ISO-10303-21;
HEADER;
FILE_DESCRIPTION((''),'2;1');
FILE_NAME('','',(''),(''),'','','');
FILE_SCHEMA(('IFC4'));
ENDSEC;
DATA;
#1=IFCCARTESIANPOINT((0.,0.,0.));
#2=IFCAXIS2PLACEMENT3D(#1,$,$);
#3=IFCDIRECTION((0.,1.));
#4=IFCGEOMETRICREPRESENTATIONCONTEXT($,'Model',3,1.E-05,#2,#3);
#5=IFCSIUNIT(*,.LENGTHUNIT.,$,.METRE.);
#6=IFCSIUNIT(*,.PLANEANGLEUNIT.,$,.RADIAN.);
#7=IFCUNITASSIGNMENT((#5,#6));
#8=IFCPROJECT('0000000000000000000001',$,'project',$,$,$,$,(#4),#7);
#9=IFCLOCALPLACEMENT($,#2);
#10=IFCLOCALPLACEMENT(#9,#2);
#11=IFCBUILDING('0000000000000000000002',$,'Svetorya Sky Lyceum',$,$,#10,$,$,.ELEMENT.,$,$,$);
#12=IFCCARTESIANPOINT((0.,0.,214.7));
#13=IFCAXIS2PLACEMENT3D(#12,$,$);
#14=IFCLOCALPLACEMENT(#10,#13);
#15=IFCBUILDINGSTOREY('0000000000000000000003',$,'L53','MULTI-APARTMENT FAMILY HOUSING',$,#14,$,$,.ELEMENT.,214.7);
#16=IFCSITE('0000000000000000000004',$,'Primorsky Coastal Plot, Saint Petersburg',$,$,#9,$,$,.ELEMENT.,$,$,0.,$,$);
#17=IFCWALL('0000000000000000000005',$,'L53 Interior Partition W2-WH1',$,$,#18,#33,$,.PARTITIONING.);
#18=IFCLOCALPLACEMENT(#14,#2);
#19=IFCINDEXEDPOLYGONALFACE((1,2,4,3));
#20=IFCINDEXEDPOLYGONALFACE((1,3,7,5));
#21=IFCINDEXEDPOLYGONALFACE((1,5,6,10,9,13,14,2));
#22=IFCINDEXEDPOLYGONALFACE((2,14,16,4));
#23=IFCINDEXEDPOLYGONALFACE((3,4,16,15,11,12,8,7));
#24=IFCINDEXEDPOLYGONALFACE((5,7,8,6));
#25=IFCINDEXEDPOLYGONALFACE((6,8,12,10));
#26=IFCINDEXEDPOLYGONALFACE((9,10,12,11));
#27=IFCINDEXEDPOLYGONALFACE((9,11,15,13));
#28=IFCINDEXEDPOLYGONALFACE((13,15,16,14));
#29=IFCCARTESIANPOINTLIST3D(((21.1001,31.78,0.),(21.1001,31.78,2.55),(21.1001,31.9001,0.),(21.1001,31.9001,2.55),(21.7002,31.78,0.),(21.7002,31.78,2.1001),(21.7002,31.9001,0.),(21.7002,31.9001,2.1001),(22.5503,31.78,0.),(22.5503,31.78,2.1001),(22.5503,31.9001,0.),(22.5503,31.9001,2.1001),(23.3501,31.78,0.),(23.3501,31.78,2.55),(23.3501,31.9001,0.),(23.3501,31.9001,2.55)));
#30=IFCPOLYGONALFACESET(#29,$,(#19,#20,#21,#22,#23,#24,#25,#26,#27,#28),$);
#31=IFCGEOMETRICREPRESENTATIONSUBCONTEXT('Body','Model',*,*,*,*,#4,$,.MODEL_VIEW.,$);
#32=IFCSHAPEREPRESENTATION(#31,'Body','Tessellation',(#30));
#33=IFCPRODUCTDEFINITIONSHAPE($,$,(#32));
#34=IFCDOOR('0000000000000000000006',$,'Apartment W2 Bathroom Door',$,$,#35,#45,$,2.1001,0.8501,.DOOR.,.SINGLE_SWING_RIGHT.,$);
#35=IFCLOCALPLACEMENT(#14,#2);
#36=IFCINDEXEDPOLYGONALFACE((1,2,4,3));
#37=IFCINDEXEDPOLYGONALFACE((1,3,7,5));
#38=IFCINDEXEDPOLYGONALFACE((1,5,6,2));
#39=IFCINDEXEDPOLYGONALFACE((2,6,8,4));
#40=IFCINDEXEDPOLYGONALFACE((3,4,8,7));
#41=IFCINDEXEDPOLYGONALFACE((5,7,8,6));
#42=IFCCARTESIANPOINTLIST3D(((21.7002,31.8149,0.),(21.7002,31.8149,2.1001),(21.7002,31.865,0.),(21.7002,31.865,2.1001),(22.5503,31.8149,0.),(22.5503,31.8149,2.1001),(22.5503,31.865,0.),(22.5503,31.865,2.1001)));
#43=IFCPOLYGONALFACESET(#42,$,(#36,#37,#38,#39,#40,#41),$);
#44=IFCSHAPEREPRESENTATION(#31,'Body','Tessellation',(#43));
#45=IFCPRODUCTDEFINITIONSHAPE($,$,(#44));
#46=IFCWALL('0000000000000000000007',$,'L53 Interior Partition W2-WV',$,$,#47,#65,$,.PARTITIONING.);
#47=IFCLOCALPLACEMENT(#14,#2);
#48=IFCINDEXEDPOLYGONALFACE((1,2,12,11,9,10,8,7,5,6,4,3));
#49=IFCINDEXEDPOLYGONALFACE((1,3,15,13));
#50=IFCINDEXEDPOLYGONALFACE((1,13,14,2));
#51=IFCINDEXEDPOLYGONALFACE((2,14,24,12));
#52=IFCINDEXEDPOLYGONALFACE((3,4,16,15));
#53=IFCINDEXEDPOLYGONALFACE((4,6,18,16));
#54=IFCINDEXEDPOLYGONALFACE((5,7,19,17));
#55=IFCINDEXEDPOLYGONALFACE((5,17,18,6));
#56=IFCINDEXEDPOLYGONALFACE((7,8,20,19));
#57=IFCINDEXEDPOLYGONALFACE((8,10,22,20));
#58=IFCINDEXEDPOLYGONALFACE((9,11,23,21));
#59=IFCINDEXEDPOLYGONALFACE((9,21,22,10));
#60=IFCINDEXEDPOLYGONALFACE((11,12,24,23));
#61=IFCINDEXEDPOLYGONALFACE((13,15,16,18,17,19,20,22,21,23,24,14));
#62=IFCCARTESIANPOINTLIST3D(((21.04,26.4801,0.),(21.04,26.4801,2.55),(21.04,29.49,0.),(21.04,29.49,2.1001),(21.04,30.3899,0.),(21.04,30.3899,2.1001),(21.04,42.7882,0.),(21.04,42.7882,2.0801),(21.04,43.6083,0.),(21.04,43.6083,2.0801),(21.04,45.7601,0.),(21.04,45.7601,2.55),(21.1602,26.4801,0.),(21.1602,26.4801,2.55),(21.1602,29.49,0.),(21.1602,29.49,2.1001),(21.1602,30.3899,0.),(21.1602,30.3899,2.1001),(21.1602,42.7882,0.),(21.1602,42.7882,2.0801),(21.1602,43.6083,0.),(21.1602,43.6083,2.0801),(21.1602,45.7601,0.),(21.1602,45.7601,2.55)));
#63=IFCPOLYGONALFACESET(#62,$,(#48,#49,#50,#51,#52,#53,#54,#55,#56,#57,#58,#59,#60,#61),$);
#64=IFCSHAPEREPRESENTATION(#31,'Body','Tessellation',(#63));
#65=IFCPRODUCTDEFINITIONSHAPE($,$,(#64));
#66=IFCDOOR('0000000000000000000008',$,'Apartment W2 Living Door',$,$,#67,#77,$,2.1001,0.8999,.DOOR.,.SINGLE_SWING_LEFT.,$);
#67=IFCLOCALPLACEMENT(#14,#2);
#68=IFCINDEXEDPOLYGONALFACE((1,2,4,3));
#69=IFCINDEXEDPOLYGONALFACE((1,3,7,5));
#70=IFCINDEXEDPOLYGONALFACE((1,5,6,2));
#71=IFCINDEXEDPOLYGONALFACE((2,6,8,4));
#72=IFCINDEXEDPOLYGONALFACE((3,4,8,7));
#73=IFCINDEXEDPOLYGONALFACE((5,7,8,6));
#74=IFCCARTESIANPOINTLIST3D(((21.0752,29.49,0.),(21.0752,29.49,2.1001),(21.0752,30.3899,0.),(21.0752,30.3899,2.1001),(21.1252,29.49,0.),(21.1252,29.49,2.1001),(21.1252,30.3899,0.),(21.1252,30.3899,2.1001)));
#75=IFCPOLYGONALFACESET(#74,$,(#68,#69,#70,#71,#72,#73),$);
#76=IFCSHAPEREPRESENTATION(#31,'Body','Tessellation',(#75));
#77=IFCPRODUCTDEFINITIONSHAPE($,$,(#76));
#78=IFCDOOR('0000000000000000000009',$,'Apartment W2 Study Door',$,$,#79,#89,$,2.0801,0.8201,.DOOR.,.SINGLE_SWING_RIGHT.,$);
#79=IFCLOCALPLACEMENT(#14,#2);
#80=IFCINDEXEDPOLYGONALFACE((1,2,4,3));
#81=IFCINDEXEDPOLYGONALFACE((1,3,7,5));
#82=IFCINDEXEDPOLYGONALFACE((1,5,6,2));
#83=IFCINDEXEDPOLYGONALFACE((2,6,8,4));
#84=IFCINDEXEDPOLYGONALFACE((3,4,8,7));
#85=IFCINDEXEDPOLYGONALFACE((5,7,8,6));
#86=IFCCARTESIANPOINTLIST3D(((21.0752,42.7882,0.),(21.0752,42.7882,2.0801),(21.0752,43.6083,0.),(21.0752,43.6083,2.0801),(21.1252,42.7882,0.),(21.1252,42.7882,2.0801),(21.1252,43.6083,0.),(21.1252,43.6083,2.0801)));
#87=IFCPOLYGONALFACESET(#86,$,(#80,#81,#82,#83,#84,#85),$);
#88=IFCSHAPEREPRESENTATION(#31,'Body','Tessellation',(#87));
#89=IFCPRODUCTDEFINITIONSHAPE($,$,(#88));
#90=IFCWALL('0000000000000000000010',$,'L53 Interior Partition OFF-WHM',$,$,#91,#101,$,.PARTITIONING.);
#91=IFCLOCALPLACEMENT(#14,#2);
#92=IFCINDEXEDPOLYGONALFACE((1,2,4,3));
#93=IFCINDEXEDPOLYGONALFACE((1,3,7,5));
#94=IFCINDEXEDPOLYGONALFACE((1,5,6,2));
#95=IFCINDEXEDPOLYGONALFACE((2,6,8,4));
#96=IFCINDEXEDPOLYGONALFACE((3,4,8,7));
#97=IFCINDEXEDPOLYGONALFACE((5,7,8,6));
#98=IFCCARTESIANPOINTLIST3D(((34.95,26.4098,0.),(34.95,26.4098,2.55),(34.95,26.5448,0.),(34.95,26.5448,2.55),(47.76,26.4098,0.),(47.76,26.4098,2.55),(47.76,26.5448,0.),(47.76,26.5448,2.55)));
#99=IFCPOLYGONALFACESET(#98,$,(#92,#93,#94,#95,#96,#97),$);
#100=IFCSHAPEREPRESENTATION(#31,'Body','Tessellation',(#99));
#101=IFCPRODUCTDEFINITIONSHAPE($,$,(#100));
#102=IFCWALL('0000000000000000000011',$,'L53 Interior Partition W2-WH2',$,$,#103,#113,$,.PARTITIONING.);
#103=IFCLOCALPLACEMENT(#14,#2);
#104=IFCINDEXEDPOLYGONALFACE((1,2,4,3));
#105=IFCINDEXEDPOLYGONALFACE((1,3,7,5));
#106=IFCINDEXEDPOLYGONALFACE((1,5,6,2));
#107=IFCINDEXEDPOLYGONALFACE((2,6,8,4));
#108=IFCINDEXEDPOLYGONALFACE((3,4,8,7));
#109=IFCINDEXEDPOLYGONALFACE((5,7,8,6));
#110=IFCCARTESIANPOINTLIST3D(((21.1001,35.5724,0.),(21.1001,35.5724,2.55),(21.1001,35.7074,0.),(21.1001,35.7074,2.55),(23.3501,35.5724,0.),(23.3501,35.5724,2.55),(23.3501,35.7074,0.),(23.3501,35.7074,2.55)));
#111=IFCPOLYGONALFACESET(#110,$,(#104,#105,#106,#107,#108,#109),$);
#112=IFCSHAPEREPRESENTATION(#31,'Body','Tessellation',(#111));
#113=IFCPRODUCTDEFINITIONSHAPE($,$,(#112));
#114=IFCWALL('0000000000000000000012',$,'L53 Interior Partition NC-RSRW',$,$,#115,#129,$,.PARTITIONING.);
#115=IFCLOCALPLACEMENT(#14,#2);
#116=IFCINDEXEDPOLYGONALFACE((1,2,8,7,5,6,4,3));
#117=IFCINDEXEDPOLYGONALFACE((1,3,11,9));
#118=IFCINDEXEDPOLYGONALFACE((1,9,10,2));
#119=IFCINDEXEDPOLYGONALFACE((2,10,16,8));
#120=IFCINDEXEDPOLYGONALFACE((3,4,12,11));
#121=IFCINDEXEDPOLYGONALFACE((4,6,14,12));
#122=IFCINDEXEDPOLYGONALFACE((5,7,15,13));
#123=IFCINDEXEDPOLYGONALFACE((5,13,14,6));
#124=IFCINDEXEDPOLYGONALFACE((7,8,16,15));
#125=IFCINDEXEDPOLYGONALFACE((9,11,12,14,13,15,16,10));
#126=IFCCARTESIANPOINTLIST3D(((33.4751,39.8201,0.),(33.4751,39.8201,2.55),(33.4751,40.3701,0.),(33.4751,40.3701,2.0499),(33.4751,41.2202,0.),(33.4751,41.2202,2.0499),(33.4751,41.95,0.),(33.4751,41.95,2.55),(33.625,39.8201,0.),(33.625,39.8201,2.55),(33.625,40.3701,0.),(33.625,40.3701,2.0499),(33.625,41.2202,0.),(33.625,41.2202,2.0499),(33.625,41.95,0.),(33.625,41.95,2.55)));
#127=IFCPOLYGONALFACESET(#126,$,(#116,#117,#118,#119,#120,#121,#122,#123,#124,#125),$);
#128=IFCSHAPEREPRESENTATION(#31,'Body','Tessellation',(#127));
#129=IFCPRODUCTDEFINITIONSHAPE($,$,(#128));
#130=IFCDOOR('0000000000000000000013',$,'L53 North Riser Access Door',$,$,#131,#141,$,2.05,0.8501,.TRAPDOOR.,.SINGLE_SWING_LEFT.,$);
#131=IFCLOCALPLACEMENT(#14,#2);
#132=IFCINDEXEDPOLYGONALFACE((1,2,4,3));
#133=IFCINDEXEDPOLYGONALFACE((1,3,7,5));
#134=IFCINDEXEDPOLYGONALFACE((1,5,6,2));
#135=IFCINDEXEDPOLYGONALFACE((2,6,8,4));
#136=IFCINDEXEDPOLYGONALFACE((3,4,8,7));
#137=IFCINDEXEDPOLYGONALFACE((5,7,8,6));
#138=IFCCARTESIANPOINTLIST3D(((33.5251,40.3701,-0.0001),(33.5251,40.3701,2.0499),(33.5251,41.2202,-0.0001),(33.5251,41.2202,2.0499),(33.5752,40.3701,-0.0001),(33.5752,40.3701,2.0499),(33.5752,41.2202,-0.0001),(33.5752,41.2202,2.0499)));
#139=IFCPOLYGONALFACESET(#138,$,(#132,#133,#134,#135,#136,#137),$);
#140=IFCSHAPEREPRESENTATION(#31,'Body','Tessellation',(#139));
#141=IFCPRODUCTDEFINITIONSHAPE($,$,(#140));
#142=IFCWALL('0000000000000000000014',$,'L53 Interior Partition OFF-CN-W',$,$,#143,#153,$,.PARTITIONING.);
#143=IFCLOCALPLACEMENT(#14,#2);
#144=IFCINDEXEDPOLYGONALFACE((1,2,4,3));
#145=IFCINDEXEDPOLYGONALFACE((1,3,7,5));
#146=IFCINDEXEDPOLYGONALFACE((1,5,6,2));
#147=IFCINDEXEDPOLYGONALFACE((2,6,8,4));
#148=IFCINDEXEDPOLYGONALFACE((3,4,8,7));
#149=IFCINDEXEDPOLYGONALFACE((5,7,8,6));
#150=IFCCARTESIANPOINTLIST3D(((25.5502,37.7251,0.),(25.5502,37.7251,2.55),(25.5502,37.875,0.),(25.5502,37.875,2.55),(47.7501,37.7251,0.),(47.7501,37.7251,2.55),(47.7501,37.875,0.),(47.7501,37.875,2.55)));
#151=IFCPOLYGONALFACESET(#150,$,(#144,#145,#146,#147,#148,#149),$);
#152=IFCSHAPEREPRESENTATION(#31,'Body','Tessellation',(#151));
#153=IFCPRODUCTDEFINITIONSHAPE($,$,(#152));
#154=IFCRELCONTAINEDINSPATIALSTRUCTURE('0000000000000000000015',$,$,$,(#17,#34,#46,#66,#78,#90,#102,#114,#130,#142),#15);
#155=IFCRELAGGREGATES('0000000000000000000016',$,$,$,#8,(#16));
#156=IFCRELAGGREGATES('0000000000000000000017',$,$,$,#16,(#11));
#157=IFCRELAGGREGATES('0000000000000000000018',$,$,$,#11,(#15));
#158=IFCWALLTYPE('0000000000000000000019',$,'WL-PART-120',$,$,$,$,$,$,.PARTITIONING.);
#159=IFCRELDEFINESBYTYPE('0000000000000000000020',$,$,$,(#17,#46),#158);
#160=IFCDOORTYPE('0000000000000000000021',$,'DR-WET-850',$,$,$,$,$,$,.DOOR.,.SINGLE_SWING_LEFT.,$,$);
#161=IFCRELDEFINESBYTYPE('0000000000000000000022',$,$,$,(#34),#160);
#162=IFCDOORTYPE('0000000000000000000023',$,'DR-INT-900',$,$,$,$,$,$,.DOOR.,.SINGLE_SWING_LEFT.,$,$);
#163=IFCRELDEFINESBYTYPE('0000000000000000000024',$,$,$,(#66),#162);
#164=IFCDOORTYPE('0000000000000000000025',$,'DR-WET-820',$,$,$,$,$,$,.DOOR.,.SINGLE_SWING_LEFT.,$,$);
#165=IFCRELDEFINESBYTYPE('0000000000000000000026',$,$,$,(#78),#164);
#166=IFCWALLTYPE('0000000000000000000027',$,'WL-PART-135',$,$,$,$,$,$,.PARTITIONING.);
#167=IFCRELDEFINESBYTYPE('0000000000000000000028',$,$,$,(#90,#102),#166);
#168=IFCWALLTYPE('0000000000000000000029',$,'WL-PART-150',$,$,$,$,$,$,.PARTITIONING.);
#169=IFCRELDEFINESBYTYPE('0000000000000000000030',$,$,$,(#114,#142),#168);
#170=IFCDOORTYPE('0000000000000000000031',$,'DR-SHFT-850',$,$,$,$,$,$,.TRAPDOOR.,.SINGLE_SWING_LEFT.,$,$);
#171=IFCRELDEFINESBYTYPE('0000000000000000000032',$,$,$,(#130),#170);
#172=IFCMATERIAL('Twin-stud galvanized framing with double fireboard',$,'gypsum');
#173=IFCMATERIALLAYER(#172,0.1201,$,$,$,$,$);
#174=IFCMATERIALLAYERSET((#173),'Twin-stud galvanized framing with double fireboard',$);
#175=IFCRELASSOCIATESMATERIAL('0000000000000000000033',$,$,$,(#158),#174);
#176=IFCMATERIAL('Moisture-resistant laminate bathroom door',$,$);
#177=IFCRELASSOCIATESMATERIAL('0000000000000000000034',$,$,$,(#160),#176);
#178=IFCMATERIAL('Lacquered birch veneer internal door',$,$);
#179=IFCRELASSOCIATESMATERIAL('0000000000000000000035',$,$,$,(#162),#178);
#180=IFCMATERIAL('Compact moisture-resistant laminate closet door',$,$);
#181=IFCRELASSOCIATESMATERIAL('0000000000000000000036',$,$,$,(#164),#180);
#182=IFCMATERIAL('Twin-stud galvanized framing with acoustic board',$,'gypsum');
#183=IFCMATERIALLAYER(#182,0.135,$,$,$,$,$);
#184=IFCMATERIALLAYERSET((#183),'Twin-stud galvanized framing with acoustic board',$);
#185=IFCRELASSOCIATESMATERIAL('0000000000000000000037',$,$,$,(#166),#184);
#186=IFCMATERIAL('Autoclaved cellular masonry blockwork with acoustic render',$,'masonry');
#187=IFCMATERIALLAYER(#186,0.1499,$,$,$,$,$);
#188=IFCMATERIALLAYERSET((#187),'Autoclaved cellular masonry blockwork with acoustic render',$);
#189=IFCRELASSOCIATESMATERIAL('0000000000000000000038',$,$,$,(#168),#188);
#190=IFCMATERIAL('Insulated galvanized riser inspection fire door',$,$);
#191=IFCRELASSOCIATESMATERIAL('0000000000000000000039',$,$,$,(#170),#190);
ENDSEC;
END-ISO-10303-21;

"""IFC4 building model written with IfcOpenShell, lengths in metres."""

from ifc_helpers import new_model, si_unit, direction, frame, frame_2d, origin, place, context, subcontext, project, spatial, rectangle, extrude, material, layer, layer_set, type_object, element, fill, save


model = new_model("IFC4")

# Units and contexts
model_context = context("Model", 3, precision=1e-05, world=origin(), true_north=direction((0.0, 1.0)))
body_context = subcontext(model_context, "Body", "Model", "MODEL_VIEW")
ifc_project = project(units=[si_unit("LENGTHUNIT", "METRE"), si_unit("PLANEANGLEUNIT", "RADIAN")], contexts=[model_context])

# Site, building, storey
site_placement = place(None, origin())
site = spatial("IfcSite", under=ifc_project, at=site_placement, Name="Primorsky Coastal Plot, Saint Petersburg", CompositionType="ELEMENT", RefElevation=0.0)
building_placement = place(site_placement, origin())
building = spatial("IfcBuilding", under=site, at=building_placement, Name="Svetorya Sky Lyceum", CompositionType="ELEMENT")
storey_placement = place(building_placement, frame((0.0, 0.0, 214.7)))
storey = spatial("IfcBuildingStorey", under=building, at=storey_placement, Name="L53", Description="MULTI-APARTMENT FAMILY HOUSING", CompositionType="ELEMENT", Elevation=214.7)

# Wall, opening, door
ifc_material_1 = material(Name="Twin-stud galvanized framing with double fireboard", Category="gypsum")
ifc_layer_1 = layer(ifc_material_1, 0.1201)
ifc_layer_set_1 = layer_set([ifc_layer_1], Name="Twin-stud galvanized framing with double fireboard")
wall_type_1 = type_object("IfcWallType", Name="WL-PART-120", PredefinedType="PARTITIONING", material=ifc_layer_set_1)
wall_1_placement = place(storey_placement, frame((21.1001, 31.8401, 0.0), z_axis=(0.0, 0.0, 1.0), x_axis=(1.0, 0.0, 0.0)))
wall_1 = element("IfcWall", 1, at=wall_1_placement, inside=storey, type_object=wall_type_1, Name="L53 Interior Partition W2-WH1", PredefinedType="PARTITIONING", context=body_context, shape_type="SweptSolid", body=[
    extrude(rectangle(XDim=2.25, YDim=0.1201, at=frame_2d((1.125, 0.0))), origin(), (0.0, 0.0, 1.0), 2.55),
])
opening_1_placement = place(wall_1_placement, frame((0.6001, 0.0, 0.0)))
opening_1 = element("IfcOpeningElement", 2, at=opening_1_placement, cuts=wall_1, PredefinedType="OPENING", context=body_context, shape_type="SweptSolid", body=[
    extrude(rectangle(XDim=0.8501, YDim=2.1001, at=frame_2d((0.425, 1.05))), frame((0.0, 0.0701, 0.0), z_axis=(0.0, -1.0, 0.0), x_axis=(1.0, 0.0, 0.0)), (0.0, 0.0, 1.0), 0.1401),
])
ifc_material_2 = material(Name="Moisture-resistant laminate bathroom door")
door_type_1 = type_object("IfcDoorType", Name="DR-WET-850", OperationType="SINGLE_SWING_LEFT", PredefinedType="DOOR", material=ifc_material_2)
door_1_placement = place(opening_1_placement, origin())
door_1 = element("IfcDoor", 3, at=door_1_placement, inside=storey, type_object=door_type_1, Name="Apartment W2 Bathroom Door", OperationType="SINGLE_SWING_RIGHT", OverallHeight=2.1001, OverallWidth=0.8501, PredefinedType="DOOR", context=body_context, shape_type="SweptSolid", body=[
    extrude(rectangle(XDim=0.8501, YDim=2.1001, at=frame_2d((0.425, 1.05))), frame((0.0, 0.0249, 0.0), z_axis=(0.0, -1.0, 0.0), x_axis=(1.0, 0.0, 0.0)), (0.0, 0.0, 1.0), 0.05),
])
fill(opening_1, door_1)

# Wall, openings, doors
wall_2_placement = place(storey_placement, frame((21.1001, 26.48, 0.0), z_axis=(0.0, 0.0, 1.0), x_axis=(0.0, 1.0, 0.0)))
wall_2 = element("IfcWall", 4, at=wall_2_placement, inside=storey, type_object=wall_type_1, Name="L53 Interior Partition W2-WV", PredefinedType="PARTITIONING", context=body_context, shape_type="SweptSolid", body=[
    extrude(rectangle(XDim=19.28, YDim=0.1201, at=frame_2d((9.6401, 0.0))), origin(), (0.0, 0.0, 1.0), 2.55),
])
opening_2_placement = place(wall_2_placement, frame((3.01, 0.0, 0.0)))
opening_2 = element("IfcOpeningElement", 5, at=opening_2_placement, cuts=wall_2, PredefinedType="OPENING", context=body_context, shape_type="SweptSolid", body=[
    extrude(rectangle(XDim=0.8999, YDim=2.1001, at=frame_2d((0.45, 1.05))), frame((0.0, 0.0701, 0.0), z_axis=(0.0, -1.0, 0.0), x_axis=(1.0, 0.0, 0.0)), (0.0, 0.0, 1.0), 0.1401),
])
opening_3_placement = place(wall_2_placement, frame((16.3081, 0.0, 0.0)))
opening_3 = element("IfcOpeningElement", 6, at=opening_3_placement, cuts=wall_2, PredefinedType="OPENING", context=body_context, shape_type="SweptSolid", body=[
    extrude(rectangle(XDim=0.8201, YDim=2.0801, at=frame_2d((0.4102, 1.04))), frame((0.0, 0.0701, 0.0), z_axis=(0.0, -1.0, 0.0), x_axis=(1.0, 0.0, 0.0)), (0.0, 0.0, 1.0), 0.1401),
])
ifc_material_3 = material(Name="Lacquered birch veneer internal door")
door_type_2 = type_object("IfcDoorType", Name="DR-INT-900", OperationType="SINGLE_SWING_LEFT", PredefinedType="DOOR", material=ifc_material_3)
door_2_placement = place(opening_2_placement, origin())
door_2 = element("IfcDoor", 7, at=door_2_placement, inside=storey, type_object=door_type_2, Name="Apartment W2 Living Door", OperationType="SINGLE_SWING_LEFT", OverallHeight=2.1001, OverallWidth=0.8999, PredefinedType="DOOR", context=body_context, shape_type="SweptSolid", body=[
    extrude(rectangle(XDim=0.8999, YDim=2.1001, at=frame_2d((0.45, 1.05))), frame((0.0, 0.0249, 0.0), z_axis=(0.0, -1.0, 0.0), x_axis=(1.0, 0.0, 0.0)), (0.0, 0.0, 1.0), 0.05),
])
fill(opening_2, door_2)
ifc_material_4 = material(Name="Compact moisture-resistant laminate closet door")
door_type_3 = type_object("IfcDoorType", Name="DR-WET-820", OperationType="SINGLE_SWING_LEFT", PredefinedType="DOOR", material=ifc_material_4)
door_3_placement = place(opening_3_placement, origin())
door_3 = element("IfcDoor", 8, at=door_3_placement, inside=storey, type_object=door_type_3, Name="Apartment W2 Study Door", OperationType="SINGLE_SWING_RIGHT", OverallHeight=2.0801, OverallWidth=0.8201, PredefinedType="DOOR", context=body_context, shape_type="SweptSolid", body=[
    extrude(rectangle(XDim=0.8201, YDim=2.0801, at=frame_2d((0.4102, 1.04))), frame((0.0, 0.0249, 0.0), z_axis=(0.0, -1.0, 0.0), x_axis=(1.0, 0.0, 0.0)), (0.0, 0.0, 1.0), 0.05),
])
fill(opening_3, door_3)

# Walls
ifc_material_5 = material(Name="Twin-stud galvanized framing with acoustic board", Category="gypsum")
ifc_layer_2 = layer(ifc_material_5, 0.135)
ifc_layer_set_2 = layer_set([ifc_layer_2], Name="Twin-stud galvanized framing with acoustic board")
wall_type_2 = type_object("IfcWallType", Name="WL-PART-135", PredefinedType="PARTITIONING", material=ifc_layer_set_2)
wall_3_placement = place(storey_placement, frame((34.95, 26.4773, 0.0), z_axis=(0.0, 0.0, 1.0), x_axis=(1.0, 0.0, 0.0)))
element("IfcWall", 9, at=wall_3_placement, inside=storey, type_object=wall_type_2, Name="L53 Interior Partition OFF-WHM", PredefinedType="PARTITIONING", context=body_context, shape_type="SweptSolid", body=[
    extrude(rectangle(XDim=12.8101, YDim=0.135, at=frame_2d((6.405, 0.0))), origin(), (0.0, 0.0, 1.0), 2.55),
])
wall_4_placement = place(storey_placement, frame((21.1001, 35.6399, 0.0), z_axis=(0.0, 0.0, 1.0), x_axis=(1.0, 0.0, 0.0)))
element("IfcWall", 10, at=wall_4_placement, inside=storey, type_object=wall_type_2, Name="L53 Interior Partition W2-WH2", PredefinedType="PARTITIONING", context=body_context, shape_type="SweptSolid", body=[
    extrude(rectangle(XDim=2.25, YDim=0.135, at=frame_2d((1.125, 0.0))), origin(), (0.0, 0.0, 1.0), 2.55),
])

# Wall, opening, door
ifc_material_6 = material(Name="Autoclaved cellular masonry blockwork with acoustic render", Category="masonry")
ifc_layer_3 = layer(ifc_material_6, 0.1499)
ifc_layer_set_3 = layer_set([ifc_layer_3], Name="Autoclaved cellular masonry blockwork with acoustic render")
wall_type_3 = type_object("IfcWallType", Name="WL-PART-150", PredefinedType="PARTITIONING", material=ifc_layer_set_3)
wall_5_placement = place(storey_placement, frame((33.55, 39.8201, 0.0), z_axis=(0.0, 0.0, 1.0), x_axis=(0.0, 1.0, 0.0)))
wall_5 = element("IfcWall", 11, at=wall_5_placement, inside=storey, type_object=wall_type_3, Name="L53 Interior Partition NC-RSRW", PredefinedType="PARTITIONING", context=body_context, shape_type="SweptSolid", body=[
    extrude(rectangle(XDim=2.1299, YDim=0.1499, at=frame_2d((1.0649, 0.0))), origin(), (0.0, 0.0, 1.0), 2.55),
])
opening_4_placement = place(wall_5_placement, frame((0.55, 0.0, 0.0)))
opening_4 = element("IfcOpeningElement", 12, at=opening_4_placement, cuts=wall_5, PredefinedType="OPENING", context=body_context, shape_type="SweptSolid", body=[
    extrude(rectangle(XDim=0.8501, YDim=2.05, at=frame_2d((0.425, 1.0249))), frame((0.0, 0.085, 0.0), z_axis=(0.0, -1.0, 0.0), x_axis=(1.0, 0.0, 0.0)), (0.0, 0.0, 1.0), 0.1699),
])
ifc_material_7 = material(Name="Insulated galvanized riser inspection fire door")
door_type_4 = type_object("IfcDoorType", Name="DR-SHFT-850", OperationType="SINGLE_SWING_LEFT", PredefinedType="TRAPDOOR", material=ifc_material_7)
door_4_placement = place(opening_4_placement, origin())
door_4 = element("IfcDoor", 13, at=door_4_placement, inside=storey, type_object=door_type_4, Name="L53 North Riser Access Door", OperationType="SINGLE_SWING_LEFT", OverallHeight=2.05, OverallWidth=0.8501, PredefinedType="TRAPDOOR", context=body_context, shape_type="SweptSolid", body=[
    extrude(rectangle(XDim=0.8501, YDim=2.05, at=frame_2d((0.425, 1.0249))), frame((0.0, 0.0249, 0.0), z_axis=(0.0, -1.0, 0.0), x_axis=(1.0, 0.0, 0.0)), (0.0, 0.0, 1.0), 0.05),
])
fill(opening_4, door_4)

# Wall
wall_6_placement = place(storey_placement, frame((25.55, 37.8, 0.0), z_axis=(0.0, 0.0, 1.0), x_axis=(1.0, 0.0, 0.0)))
element("IfcWall", 14, at=wall_6_placement, inside=storey, type_object=wall_type_3, Name="L53 Interior Partition OFF-CN-W", PredefinedType="PARTITIONING", context=body_context, shape_type="SweptSolid", body=[
    extrude(rectangle(XDim=22.2, YDim=0.1499, at=frame_2d((11.1001, 0.0))), origin(), (0.0, 0.0, 1.0), 2.55),
])

save(model, "model.ifc")
